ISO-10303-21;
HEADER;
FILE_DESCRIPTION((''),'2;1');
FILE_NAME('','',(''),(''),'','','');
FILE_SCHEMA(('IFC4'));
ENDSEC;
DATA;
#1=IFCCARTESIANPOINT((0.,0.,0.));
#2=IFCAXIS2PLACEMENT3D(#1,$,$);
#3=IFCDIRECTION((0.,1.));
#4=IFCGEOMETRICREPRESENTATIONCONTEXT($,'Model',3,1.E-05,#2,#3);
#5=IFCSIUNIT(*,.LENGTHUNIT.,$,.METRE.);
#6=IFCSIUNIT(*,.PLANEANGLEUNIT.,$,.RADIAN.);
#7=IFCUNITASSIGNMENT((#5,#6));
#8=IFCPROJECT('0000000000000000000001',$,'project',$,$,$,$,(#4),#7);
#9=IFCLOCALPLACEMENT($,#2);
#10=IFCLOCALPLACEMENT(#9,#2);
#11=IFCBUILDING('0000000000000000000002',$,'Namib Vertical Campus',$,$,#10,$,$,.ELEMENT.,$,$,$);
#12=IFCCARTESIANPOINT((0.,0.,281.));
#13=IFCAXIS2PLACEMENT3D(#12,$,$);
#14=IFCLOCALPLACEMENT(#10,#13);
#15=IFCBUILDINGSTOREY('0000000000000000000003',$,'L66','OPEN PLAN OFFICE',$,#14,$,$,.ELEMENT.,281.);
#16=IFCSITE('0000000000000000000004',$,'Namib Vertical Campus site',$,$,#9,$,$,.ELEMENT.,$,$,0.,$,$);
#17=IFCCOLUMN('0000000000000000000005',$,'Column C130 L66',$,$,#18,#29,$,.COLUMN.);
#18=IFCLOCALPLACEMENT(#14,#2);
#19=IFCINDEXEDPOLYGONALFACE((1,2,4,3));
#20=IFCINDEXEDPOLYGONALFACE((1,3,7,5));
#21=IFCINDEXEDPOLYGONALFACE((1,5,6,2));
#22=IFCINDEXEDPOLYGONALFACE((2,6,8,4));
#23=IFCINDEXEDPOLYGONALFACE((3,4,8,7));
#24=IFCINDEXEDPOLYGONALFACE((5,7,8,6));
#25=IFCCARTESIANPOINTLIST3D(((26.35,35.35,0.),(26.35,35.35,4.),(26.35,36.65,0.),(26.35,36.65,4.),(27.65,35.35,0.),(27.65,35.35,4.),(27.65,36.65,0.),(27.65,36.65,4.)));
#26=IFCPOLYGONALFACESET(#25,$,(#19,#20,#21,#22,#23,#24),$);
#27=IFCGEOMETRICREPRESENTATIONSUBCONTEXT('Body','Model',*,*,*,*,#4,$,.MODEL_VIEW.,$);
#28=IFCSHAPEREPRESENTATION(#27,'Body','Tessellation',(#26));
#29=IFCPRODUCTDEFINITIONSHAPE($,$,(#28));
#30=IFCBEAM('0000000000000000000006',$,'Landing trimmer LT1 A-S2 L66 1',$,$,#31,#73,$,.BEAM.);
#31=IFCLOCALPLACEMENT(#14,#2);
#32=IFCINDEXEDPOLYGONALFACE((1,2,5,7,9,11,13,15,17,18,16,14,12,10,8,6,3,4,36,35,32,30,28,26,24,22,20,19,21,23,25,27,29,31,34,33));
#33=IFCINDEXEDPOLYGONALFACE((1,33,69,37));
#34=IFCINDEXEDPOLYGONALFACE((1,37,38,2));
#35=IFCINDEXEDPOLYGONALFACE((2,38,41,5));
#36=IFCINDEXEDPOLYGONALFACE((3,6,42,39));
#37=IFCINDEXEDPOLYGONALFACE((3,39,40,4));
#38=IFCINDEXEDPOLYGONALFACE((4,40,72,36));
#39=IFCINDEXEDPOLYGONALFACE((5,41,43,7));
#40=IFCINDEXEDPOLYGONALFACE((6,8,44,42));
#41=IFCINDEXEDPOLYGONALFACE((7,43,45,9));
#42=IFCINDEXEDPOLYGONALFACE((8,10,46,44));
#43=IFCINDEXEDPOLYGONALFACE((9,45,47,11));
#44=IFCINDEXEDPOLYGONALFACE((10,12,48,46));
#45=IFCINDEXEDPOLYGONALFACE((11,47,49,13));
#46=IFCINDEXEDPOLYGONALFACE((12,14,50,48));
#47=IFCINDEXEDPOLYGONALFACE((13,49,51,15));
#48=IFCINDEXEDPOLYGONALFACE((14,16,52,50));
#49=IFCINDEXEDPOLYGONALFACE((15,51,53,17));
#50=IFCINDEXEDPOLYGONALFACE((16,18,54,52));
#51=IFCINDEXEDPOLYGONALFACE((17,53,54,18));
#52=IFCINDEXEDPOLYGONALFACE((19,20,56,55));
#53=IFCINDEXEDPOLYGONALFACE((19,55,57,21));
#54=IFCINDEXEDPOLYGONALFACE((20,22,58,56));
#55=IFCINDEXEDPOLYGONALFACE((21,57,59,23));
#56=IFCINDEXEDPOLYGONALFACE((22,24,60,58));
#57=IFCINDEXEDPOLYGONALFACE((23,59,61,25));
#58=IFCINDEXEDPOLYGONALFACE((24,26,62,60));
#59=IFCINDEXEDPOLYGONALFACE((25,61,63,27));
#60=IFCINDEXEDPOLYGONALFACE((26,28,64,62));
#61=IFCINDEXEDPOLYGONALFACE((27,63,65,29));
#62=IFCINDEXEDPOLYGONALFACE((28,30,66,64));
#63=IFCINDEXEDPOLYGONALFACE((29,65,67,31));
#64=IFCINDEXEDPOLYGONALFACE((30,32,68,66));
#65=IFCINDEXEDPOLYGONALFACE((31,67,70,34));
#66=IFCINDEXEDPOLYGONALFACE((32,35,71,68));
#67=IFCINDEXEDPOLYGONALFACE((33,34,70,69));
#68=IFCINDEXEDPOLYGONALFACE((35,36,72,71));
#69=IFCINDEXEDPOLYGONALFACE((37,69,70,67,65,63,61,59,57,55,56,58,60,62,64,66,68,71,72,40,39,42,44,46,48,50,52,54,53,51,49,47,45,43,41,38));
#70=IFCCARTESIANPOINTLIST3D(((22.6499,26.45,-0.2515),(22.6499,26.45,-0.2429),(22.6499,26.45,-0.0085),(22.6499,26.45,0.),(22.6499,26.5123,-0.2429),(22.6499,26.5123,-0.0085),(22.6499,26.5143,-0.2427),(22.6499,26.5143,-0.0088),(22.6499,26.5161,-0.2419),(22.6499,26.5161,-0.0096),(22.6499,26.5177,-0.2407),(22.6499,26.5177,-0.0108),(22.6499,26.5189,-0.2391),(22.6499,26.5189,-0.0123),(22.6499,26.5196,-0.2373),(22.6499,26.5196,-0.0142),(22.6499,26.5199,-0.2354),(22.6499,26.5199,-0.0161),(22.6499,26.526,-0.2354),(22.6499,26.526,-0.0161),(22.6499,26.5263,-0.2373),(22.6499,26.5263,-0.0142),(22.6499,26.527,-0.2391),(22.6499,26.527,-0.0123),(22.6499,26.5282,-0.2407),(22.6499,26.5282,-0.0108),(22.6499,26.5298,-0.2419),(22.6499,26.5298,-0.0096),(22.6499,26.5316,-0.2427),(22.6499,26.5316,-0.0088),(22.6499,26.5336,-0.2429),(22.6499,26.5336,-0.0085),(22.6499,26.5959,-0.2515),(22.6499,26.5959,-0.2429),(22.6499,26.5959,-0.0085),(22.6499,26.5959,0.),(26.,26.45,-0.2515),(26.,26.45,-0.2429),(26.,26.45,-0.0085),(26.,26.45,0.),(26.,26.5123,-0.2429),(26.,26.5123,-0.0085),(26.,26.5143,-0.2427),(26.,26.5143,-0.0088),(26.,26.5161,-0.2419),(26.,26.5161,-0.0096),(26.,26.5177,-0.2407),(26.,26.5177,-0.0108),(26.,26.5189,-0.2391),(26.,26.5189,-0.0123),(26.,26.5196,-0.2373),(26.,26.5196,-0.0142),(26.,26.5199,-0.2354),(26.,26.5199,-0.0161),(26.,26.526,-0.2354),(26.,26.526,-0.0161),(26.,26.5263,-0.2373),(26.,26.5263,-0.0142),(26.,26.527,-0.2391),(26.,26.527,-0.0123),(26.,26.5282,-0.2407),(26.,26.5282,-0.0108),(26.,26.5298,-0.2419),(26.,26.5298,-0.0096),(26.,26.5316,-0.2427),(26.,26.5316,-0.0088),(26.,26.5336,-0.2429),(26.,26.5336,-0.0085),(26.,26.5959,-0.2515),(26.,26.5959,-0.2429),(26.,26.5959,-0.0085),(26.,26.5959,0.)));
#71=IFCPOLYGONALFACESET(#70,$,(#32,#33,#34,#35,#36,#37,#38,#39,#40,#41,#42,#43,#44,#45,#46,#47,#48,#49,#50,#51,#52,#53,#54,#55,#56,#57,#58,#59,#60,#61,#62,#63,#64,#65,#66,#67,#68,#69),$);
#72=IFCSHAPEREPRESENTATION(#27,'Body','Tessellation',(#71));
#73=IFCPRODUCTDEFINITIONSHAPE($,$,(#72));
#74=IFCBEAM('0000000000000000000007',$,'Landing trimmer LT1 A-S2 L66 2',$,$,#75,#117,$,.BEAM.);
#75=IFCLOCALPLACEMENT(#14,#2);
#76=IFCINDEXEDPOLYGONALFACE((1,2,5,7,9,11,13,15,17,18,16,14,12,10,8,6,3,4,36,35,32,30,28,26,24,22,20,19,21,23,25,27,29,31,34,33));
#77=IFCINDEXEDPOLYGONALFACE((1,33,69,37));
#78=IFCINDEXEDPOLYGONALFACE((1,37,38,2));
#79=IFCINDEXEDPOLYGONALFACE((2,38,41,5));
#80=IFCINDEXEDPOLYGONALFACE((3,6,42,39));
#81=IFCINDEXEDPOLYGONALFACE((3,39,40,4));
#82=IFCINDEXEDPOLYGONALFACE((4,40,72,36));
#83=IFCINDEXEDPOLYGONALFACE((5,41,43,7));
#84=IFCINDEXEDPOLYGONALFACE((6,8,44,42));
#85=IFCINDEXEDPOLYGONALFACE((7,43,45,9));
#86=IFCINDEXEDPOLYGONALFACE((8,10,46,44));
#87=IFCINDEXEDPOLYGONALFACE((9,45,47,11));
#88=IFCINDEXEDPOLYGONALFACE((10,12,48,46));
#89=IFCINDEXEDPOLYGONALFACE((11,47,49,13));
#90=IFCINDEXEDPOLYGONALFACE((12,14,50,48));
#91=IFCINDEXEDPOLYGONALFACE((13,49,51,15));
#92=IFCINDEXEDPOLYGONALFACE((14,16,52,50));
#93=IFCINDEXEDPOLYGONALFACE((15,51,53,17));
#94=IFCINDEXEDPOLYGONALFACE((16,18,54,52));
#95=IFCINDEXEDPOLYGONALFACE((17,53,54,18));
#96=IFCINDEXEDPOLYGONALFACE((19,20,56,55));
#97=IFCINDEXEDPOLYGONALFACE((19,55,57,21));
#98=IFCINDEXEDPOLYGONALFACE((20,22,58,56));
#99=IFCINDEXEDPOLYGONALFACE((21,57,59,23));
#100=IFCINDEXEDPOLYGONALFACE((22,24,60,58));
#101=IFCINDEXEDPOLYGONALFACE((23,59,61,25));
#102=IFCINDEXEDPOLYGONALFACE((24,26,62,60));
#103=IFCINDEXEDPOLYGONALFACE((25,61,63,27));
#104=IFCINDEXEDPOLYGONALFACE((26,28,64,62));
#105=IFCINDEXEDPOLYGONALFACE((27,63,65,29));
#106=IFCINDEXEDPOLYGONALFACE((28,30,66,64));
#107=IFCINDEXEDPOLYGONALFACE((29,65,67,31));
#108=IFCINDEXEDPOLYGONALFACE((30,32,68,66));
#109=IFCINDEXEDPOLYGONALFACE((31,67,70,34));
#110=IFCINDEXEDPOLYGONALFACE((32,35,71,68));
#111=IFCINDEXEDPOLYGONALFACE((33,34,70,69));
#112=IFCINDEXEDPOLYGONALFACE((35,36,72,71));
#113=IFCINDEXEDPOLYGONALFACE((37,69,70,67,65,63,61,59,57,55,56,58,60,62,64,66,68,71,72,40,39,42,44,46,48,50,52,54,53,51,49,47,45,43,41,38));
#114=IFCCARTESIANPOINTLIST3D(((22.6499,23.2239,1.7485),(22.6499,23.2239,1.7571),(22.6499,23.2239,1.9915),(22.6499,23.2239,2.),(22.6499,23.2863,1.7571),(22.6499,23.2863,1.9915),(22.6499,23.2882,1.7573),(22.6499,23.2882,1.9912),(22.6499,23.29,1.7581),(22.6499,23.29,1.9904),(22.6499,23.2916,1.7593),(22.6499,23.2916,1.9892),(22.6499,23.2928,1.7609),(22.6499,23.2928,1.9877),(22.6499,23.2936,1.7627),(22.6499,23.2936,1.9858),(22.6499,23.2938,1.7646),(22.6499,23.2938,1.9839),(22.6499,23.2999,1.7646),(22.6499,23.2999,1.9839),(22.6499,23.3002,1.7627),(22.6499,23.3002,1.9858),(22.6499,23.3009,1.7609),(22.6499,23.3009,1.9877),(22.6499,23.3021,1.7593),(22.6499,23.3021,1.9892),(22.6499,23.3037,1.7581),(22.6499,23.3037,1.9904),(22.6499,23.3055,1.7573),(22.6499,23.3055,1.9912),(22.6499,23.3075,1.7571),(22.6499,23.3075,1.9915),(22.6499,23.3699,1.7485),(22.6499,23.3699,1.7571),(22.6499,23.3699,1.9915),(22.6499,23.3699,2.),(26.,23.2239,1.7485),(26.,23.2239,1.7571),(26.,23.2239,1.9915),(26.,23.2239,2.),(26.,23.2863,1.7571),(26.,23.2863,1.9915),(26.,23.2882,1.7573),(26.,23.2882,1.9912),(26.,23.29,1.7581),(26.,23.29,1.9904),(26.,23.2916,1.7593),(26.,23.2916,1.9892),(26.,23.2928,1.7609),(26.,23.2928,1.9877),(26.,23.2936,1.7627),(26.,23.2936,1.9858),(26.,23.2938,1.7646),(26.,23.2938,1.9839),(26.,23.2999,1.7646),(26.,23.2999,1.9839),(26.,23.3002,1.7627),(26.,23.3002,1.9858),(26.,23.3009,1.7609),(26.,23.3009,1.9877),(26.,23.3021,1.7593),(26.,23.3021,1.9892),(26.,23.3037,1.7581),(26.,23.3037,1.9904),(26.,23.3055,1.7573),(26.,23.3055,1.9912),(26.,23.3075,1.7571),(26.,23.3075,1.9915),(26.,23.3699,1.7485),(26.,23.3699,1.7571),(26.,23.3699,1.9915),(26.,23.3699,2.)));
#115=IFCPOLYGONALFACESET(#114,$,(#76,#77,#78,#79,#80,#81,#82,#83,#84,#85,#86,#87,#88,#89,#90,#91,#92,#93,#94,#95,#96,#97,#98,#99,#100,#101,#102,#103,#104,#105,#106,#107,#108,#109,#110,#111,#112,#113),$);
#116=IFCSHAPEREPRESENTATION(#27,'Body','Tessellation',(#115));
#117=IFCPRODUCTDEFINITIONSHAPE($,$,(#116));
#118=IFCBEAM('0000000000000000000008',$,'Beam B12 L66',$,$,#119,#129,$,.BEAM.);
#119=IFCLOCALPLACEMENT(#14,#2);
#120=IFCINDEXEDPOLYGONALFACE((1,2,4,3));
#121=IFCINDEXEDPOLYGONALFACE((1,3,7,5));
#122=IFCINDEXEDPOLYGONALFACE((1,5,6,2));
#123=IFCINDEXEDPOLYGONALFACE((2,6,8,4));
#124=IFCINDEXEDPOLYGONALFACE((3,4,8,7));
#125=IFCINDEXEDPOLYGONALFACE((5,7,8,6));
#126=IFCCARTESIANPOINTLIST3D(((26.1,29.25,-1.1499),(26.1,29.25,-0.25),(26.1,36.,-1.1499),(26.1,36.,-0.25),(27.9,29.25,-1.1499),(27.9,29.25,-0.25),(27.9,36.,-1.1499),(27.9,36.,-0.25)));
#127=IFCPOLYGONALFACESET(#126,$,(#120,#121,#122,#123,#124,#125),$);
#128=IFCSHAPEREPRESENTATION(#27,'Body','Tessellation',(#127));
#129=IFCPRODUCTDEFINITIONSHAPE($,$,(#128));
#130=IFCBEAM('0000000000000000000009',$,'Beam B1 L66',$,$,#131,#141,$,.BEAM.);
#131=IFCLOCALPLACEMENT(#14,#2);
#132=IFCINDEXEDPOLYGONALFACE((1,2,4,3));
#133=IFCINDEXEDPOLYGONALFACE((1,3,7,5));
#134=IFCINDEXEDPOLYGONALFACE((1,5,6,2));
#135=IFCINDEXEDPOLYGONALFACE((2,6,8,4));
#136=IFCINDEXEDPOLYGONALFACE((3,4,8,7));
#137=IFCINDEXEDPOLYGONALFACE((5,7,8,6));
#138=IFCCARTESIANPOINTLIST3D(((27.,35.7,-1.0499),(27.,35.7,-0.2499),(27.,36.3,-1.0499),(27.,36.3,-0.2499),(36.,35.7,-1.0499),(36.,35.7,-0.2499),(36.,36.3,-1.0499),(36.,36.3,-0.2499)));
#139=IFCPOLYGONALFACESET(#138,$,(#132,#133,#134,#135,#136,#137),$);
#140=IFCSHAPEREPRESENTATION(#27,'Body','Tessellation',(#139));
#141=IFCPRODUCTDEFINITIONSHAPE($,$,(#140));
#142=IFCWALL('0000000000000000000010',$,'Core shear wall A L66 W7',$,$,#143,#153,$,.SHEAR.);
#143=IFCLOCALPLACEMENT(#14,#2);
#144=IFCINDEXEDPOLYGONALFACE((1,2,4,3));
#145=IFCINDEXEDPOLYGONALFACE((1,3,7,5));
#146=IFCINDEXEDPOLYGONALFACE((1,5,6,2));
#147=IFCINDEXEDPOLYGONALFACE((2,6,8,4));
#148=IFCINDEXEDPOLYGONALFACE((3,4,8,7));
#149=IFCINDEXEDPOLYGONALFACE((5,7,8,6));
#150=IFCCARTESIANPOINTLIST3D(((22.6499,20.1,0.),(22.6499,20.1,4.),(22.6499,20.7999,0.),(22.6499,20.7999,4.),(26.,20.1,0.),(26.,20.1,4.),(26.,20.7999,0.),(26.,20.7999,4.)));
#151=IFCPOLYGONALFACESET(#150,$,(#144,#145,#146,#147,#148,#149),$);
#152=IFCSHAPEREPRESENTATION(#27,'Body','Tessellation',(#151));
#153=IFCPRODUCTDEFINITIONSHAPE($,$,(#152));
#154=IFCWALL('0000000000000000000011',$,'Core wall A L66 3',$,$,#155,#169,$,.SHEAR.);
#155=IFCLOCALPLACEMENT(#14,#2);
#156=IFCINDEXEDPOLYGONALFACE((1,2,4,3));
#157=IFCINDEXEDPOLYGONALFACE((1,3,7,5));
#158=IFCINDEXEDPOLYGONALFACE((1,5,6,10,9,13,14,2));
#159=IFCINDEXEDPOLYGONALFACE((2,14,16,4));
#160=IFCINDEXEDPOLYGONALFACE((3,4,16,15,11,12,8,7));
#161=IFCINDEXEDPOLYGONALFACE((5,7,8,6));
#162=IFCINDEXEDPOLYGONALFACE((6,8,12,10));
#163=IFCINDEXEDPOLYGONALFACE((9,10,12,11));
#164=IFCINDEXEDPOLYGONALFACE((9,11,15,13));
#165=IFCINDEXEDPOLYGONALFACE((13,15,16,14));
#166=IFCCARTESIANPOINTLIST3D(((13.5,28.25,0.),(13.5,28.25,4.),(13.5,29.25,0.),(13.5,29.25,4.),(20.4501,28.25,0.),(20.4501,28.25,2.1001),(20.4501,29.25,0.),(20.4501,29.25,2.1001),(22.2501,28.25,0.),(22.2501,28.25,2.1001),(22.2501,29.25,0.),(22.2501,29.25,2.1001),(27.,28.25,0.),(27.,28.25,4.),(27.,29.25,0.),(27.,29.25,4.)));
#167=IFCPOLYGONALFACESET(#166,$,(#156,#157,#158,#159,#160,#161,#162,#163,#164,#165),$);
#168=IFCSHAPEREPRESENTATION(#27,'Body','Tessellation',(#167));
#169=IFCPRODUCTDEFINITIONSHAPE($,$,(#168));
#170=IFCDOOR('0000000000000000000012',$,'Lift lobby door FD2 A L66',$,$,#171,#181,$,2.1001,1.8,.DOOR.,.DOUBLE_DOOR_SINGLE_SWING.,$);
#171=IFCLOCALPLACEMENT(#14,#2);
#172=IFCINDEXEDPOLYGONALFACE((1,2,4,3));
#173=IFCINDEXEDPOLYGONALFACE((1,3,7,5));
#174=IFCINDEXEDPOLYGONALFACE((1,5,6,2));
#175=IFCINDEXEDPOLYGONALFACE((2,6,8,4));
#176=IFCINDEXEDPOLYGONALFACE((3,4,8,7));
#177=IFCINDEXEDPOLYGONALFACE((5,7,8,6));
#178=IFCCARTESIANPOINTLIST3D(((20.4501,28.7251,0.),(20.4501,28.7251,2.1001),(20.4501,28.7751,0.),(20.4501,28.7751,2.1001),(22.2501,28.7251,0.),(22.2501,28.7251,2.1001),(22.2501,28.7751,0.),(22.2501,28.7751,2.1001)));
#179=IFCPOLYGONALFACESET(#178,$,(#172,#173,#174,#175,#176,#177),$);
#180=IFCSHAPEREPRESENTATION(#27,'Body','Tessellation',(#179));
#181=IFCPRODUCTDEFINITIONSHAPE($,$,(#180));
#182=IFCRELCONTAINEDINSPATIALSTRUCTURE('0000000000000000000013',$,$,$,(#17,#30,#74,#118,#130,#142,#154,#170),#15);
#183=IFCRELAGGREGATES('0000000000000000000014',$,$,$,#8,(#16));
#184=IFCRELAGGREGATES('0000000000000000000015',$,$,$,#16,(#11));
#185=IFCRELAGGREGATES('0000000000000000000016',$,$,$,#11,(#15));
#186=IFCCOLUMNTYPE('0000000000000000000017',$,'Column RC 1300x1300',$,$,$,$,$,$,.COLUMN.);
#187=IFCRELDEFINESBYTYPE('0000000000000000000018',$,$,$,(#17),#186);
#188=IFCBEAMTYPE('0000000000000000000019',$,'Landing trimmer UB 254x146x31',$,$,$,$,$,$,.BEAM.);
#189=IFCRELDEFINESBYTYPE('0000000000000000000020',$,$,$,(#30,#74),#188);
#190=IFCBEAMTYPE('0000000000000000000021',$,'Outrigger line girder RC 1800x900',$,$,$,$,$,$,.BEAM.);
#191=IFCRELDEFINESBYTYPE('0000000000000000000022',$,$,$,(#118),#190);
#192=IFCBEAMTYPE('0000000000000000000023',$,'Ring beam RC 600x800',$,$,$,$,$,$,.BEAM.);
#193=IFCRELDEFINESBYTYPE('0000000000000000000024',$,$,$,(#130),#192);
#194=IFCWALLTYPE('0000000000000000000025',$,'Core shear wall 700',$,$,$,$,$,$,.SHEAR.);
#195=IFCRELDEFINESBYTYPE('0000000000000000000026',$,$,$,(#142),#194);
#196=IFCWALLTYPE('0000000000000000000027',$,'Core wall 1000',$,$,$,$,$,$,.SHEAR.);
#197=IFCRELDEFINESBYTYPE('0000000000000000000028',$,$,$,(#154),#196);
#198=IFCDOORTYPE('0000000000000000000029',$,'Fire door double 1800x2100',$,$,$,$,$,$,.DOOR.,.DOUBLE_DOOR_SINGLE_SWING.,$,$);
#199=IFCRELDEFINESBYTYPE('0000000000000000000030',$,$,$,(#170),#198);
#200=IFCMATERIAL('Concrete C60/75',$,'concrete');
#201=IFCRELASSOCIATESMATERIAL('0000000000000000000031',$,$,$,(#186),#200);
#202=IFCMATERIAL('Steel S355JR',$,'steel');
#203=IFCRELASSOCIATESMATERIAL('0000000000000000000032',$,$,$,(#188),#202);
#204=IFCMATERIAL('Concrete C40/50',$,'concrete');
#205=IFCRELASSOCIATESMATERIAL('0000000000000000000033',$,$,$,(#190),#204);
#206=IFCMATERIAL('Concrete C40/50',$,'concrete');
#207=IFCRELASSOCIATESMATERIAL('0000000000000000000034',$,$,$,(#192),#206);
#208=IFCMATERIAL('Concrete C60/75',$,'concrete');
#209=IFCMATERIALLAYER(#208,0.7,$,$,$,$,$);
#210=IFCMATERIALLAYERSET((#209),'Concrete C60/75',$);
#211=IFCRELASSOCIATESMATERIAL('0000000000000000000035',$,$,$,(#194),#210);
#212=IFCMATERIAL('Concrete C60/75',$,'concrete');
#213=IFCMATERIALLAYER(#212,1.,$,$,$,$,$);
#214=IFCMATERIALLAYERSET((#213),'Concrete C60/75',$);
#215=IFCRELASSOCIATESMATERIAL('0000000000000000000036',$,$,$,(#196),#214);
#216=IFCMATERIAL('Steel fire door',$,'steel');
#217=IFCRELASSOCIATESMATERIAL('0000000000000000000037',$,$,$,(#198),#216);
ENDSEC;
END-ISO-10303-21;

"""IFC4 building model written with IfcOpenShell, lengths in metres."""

from ifc_helpers import new_model, si_unit, direction, frame, frame_2d, origin, origin_2d, place, context, subcontext, project, spatial, rectangle, i_section, extrude, material, layer, layer_set, material_profile, profile_set, type_object, element, fill, save


model = new_model("IFC4")

# Units and contexts
model_context = context("Model", 3, precision=1e-05, world=origin(), true_north=direction((0.0, 1.0)))
body_context = subcontext(model_context, "Body", "Model", "MODEL_VIEW")
ifc_project = project(units=[si_unit("LENGTHUNIT", "METRE"), si_unit("PLANEANGLEUNIT", "RADIAN")], contexts=[model_context])

# Site, building, storey
site_placement = place(None, origin())
site = spatial("IfcSite", under=ifc_project, at=site_placement, Name="Namib Vertical Campus site", CompositionType="ELEMENT", RefElevation=0.0)
building_placement = place(site_placement, origin())
building = spatial("IfcBuilding", under=site, at=building_placement, Name="Namib Vertical Campus", CompositionType="ELEMENT")
storey_placement = place(building_placement, frame((0.0, 0.0, 281.0)))
storey = spatial("IfcBuildingStorey", under=building, at=storey_placement, Name="L66", Description="OPEN PLAN OFFICE", CompositionType="ELEMENT", Elevation=281.0)

# Column
ifc_material_1 = material(Name="Concrete C60/75", Category="concrete")
ifc_material_profile_1 = material_profile(ifc_material_1, rectangle(XDim=1.3, YDim=1.3, at=origin_2d()))
ifc_profile_set_1 = profile_set([ifc_material_profile_1], Name="Concrete C60/75")
column_type = type_object("IfcColumnType", Name="Column RC 1300x1300", PredefinedType="COLUMN", material=ifc_profile_set_1)
column_placement = place(storey_placement, frame((27.0, 36.0, 0.0), z_axis=(0.0, 0.0, 1.0), x_axis=(1.0, 0.0, 0.0)))
element("IfcColumn", 1, at=column_placement, inside=storey, type_object=column_type, Name="Column C130 L66", PredefinedType="COLUMN", context=body_context, shape_type="SweptSolid", body=[
    extrude(rectangle(XDim=1.3, YDim=1.3, at=origin_2d()), origin(), (0.0, 0.0, 1.0), 4.0),
])

# Beams
ifc_material_2 = material(Name="Steel S355JR", Category="steel")
ifc_material_profile_2 = material_profile(ifc_material_2, i_section(OverallWidth=0.146, OverallDepth=0.2515, WebThickness=0.0061, FlangeThickness=0.0085, FilletRadius=0.0076, at=origin_2d()))
ifc_profile_set_2 = profile_set([ifc_material_profile_2], Name="Steel S355JR")
beam_type_1 = type_object("IfcBeamType", Name="Landing trimmer UB 254x146x31", PredefinedType="BEAM", material=ifc_profile_set_2)
for number, where, z_axis, x_axis, name in (
    (2, (22.6499, 26.5229, -0.1257), (1.0, 0.0, 0.0), (0.0, 1.0, 0.0), "Landing trimmer LT1 A-S2 L66 1"),
    (3, (22.6499, 23.2969, 1.8743), (1.0, 0.0, 0.0), (0.0, 1.0, 0.0), "Landing trimmer LT1 A-S2 L66 2"),
):
    element("IfcBeam", number, at=place(storey_placement, frame(where, z_axis=z_axis, x_axis=x_axis)), inside=storey, type_object=beam_type_1, Name=name, PredefinedType="BEAM", context=body_context, shape_type="SweptSolid", body=[
        extrude(i_section(OverallWidth=0.146, OverallDepth=0.2515, WebThickness=0.0061, FlangeThickness=0.0085, FilletRadius=0.0076, at=origin_2d()), origin(), (0.0, 0.0, 1.0), 3.3501),
    ])
ifc_material_3 = material(Name="Concrete C40/50", Category="concrete")
ifc_material_profile_3 = material_profile(ifc_material_3, rectangle(XDim=1.8, YDim=0.8999, at=origin_2d()))
ifc_profile_set_3 = profile_set([ifc_material_profile_3], Name="Concrete C40/50")
beam_type_2 = type_object("IfcBeamType", Name="Outrigger line girder RC 1800x900", PredefinedType="BEAM", material=ifc_profile_set_3)
beam_1_placement = place(storey_placement, frame((27.0, 36.0, -0.7), z_axis=(0.0, -1.0, 0.0), x_axis=(1.0, 0.0, 0.0)))
element("IfcBeam", 4, at=beam_1_placement, inside=storey, type_object=beam_type_2, Name="Beam B12 L66", PredefinedType="BEAM", context=body_context, shape_type="SweptSolid", body=[
    extrude(rectangle(XDim=1.8, YDim=0.8999, at=origin_2d()), origin(), (0.0, 0.0, 1.0), 6.75),
])
ifc_material_4 = material(Name="Concrete C40/50", Category="concrete")
ifc_material_profile_4 = material_profile(ifc_material_4, rectangle(XDim=0.6001, YDim=0.8, at=origin_2d()))
ifc_profile_set_4 = profile_set([ifc_material_profile_4], Name="Concrete C40/50")
beam_type_3 = type_object("IfcBeamType", Name="Ring beam RC 600x800", PredefinedType="BEAM", material=ifc_profile_set_4)
beam_2_placement = place(storey_placement, frame((27.0, 36.0, -0.6499), z_axis=(1.0, 0.0, 0.0), x_axis=(0.0, 1.0, 0.0)))
element("IfcBeam", 5, at=beam_2_placement, inside=storey, type_object=beam_type_3, Name="Beam B1 L66", PredefinedType="BEAM", context=body_context, shape_type="SweptSolid", body=[
    extrude(rectangle(XDim=0.6001, YDim=0.8, at=origin_2d()), origin(), (0.0, 0.0, 1.0), 9.0),
])

# Wall
ifc_material_5 = material(Name="Concrete C60/75", Category="concrete")
ifc_layer_1 = layer(ifc_material_5, 0.7)
ifc_layer_set_1 = layer_set([ifc_layer_1], Name="Concrete C60/75")
wall_type_1 = type_object("IfcWallType", Name="Core shear wall 700", PredefinedType="SHEAR", material=ifc_layer_set_1)
wall_1_placement = place(storey_placement, frame((22.6499, 20.45, 0.0), z_axis=(0.0, 0.0, 1.0), x_axis=(1.0, 0.0, 0.0)))
element("IfcWall", 6, at=wall_1_placement, inside=storey, type_object=wall_type_1, Name="Core shear wall A L66 W7", PredefinedType="SHEAR", context=body_context, shape_type="SweptSolid", body=[
    extrude(rectangle(XDim=3.3501, YDim=0.7, at=frame_2d((1.675, 0.0))), origin(), (0.0, 0.0, 1.0), 4.0),
])

# Wall, opening, door
ifc_material_6 = material(Name="Concrete C60/75", Category="concrete")
ifc_layer_2 = layer(ifc_material_6, 1.0)
ifc_layer_set_2 = layer_set([ifc_layer_2], Name="Concrete C60/75")
wall_type_2 = type_object("IfcWallType", Name="Core wall 1000", PredefinedType="SHEAR", material=ifc_layer_set_2)
wall_2_placement = place(storey_placement, frame((27.0, 28.75, 0.0), z_axis=(0.0, 0.0, 1.0), x_axis=(-1.0, 0.0, 0.0)))
wall_2 = element("IfcWall", 7, at=wall_2_placement, inside=storey, type_object=wall_type_2, Name="Core wall A L66 3", PredefinedType="SHEAR", context=body_context, shape_type="SweptSolid", body=[
    extrude(rectangle(XDim=13.5, YDim=1.0, at=frame_2d((6.75, 0.0))), origin(), (0.0, 0.0, 1.0), 4.0),
])
opening_1_placement = place(wall_2_placement, frame((4.75, 0.0, 0.0)))
opening_1 = element("IfcOpeningElement", 8, at=opening_1_placement, cuts=wall_2, PredefinedType="OPENING", context=body_context, shape_type="SweptSolid", body=[
    extrude(rectangle(XDim=1.8, YDim=2.1001, at=frame_2d((0.8999, 1.05))), frame((0.0, 0.51, 0.0), z_axis=(0.0, -1.0, 0.0), x_axis=(1.0, 0.0, 0.0)), (0.0, 0.0, 1.0), 1.02),
])
ifc_material_7 = material(Name="Steel fire door", Category="steel")
door_type_1 = type_object("IfcDoorType", Name="Fire door double 1800x2100", OperationType="DOUBLE_DOOR_SINGLE_SWING", PredefinedType="DOOR", material=ifc_material_7)
door_1_placement = place(opening_1_placement, origin())
door_1 = element("IfcDoor", 9, at=door_1_placement, inside=storey, type_object=door_type_1, Name="Lift lobby door FD2 A L66", OperationType="DOUBLE_DOOR_SINGLE_SWING", OverallHeight=2.1001, OverallWidth=1.8, PredefinedType="DOOR", context=body_context, shape_type="SweptSolid", body=[
    extrude(rectangle(XDim=1.8, YDim=2.1001, at=frame_2d((0.8999, 1.05))), frame((0.0, 0.0249, 0.0), z_axis=(0.0, -1.0, 0.0), x_axis=(1.0, 0.0, 0.0)), (0.0, 0.0, 1.0), 0.05),
])
fill(opening_1, door_1)

save(model, "model.ifc")
